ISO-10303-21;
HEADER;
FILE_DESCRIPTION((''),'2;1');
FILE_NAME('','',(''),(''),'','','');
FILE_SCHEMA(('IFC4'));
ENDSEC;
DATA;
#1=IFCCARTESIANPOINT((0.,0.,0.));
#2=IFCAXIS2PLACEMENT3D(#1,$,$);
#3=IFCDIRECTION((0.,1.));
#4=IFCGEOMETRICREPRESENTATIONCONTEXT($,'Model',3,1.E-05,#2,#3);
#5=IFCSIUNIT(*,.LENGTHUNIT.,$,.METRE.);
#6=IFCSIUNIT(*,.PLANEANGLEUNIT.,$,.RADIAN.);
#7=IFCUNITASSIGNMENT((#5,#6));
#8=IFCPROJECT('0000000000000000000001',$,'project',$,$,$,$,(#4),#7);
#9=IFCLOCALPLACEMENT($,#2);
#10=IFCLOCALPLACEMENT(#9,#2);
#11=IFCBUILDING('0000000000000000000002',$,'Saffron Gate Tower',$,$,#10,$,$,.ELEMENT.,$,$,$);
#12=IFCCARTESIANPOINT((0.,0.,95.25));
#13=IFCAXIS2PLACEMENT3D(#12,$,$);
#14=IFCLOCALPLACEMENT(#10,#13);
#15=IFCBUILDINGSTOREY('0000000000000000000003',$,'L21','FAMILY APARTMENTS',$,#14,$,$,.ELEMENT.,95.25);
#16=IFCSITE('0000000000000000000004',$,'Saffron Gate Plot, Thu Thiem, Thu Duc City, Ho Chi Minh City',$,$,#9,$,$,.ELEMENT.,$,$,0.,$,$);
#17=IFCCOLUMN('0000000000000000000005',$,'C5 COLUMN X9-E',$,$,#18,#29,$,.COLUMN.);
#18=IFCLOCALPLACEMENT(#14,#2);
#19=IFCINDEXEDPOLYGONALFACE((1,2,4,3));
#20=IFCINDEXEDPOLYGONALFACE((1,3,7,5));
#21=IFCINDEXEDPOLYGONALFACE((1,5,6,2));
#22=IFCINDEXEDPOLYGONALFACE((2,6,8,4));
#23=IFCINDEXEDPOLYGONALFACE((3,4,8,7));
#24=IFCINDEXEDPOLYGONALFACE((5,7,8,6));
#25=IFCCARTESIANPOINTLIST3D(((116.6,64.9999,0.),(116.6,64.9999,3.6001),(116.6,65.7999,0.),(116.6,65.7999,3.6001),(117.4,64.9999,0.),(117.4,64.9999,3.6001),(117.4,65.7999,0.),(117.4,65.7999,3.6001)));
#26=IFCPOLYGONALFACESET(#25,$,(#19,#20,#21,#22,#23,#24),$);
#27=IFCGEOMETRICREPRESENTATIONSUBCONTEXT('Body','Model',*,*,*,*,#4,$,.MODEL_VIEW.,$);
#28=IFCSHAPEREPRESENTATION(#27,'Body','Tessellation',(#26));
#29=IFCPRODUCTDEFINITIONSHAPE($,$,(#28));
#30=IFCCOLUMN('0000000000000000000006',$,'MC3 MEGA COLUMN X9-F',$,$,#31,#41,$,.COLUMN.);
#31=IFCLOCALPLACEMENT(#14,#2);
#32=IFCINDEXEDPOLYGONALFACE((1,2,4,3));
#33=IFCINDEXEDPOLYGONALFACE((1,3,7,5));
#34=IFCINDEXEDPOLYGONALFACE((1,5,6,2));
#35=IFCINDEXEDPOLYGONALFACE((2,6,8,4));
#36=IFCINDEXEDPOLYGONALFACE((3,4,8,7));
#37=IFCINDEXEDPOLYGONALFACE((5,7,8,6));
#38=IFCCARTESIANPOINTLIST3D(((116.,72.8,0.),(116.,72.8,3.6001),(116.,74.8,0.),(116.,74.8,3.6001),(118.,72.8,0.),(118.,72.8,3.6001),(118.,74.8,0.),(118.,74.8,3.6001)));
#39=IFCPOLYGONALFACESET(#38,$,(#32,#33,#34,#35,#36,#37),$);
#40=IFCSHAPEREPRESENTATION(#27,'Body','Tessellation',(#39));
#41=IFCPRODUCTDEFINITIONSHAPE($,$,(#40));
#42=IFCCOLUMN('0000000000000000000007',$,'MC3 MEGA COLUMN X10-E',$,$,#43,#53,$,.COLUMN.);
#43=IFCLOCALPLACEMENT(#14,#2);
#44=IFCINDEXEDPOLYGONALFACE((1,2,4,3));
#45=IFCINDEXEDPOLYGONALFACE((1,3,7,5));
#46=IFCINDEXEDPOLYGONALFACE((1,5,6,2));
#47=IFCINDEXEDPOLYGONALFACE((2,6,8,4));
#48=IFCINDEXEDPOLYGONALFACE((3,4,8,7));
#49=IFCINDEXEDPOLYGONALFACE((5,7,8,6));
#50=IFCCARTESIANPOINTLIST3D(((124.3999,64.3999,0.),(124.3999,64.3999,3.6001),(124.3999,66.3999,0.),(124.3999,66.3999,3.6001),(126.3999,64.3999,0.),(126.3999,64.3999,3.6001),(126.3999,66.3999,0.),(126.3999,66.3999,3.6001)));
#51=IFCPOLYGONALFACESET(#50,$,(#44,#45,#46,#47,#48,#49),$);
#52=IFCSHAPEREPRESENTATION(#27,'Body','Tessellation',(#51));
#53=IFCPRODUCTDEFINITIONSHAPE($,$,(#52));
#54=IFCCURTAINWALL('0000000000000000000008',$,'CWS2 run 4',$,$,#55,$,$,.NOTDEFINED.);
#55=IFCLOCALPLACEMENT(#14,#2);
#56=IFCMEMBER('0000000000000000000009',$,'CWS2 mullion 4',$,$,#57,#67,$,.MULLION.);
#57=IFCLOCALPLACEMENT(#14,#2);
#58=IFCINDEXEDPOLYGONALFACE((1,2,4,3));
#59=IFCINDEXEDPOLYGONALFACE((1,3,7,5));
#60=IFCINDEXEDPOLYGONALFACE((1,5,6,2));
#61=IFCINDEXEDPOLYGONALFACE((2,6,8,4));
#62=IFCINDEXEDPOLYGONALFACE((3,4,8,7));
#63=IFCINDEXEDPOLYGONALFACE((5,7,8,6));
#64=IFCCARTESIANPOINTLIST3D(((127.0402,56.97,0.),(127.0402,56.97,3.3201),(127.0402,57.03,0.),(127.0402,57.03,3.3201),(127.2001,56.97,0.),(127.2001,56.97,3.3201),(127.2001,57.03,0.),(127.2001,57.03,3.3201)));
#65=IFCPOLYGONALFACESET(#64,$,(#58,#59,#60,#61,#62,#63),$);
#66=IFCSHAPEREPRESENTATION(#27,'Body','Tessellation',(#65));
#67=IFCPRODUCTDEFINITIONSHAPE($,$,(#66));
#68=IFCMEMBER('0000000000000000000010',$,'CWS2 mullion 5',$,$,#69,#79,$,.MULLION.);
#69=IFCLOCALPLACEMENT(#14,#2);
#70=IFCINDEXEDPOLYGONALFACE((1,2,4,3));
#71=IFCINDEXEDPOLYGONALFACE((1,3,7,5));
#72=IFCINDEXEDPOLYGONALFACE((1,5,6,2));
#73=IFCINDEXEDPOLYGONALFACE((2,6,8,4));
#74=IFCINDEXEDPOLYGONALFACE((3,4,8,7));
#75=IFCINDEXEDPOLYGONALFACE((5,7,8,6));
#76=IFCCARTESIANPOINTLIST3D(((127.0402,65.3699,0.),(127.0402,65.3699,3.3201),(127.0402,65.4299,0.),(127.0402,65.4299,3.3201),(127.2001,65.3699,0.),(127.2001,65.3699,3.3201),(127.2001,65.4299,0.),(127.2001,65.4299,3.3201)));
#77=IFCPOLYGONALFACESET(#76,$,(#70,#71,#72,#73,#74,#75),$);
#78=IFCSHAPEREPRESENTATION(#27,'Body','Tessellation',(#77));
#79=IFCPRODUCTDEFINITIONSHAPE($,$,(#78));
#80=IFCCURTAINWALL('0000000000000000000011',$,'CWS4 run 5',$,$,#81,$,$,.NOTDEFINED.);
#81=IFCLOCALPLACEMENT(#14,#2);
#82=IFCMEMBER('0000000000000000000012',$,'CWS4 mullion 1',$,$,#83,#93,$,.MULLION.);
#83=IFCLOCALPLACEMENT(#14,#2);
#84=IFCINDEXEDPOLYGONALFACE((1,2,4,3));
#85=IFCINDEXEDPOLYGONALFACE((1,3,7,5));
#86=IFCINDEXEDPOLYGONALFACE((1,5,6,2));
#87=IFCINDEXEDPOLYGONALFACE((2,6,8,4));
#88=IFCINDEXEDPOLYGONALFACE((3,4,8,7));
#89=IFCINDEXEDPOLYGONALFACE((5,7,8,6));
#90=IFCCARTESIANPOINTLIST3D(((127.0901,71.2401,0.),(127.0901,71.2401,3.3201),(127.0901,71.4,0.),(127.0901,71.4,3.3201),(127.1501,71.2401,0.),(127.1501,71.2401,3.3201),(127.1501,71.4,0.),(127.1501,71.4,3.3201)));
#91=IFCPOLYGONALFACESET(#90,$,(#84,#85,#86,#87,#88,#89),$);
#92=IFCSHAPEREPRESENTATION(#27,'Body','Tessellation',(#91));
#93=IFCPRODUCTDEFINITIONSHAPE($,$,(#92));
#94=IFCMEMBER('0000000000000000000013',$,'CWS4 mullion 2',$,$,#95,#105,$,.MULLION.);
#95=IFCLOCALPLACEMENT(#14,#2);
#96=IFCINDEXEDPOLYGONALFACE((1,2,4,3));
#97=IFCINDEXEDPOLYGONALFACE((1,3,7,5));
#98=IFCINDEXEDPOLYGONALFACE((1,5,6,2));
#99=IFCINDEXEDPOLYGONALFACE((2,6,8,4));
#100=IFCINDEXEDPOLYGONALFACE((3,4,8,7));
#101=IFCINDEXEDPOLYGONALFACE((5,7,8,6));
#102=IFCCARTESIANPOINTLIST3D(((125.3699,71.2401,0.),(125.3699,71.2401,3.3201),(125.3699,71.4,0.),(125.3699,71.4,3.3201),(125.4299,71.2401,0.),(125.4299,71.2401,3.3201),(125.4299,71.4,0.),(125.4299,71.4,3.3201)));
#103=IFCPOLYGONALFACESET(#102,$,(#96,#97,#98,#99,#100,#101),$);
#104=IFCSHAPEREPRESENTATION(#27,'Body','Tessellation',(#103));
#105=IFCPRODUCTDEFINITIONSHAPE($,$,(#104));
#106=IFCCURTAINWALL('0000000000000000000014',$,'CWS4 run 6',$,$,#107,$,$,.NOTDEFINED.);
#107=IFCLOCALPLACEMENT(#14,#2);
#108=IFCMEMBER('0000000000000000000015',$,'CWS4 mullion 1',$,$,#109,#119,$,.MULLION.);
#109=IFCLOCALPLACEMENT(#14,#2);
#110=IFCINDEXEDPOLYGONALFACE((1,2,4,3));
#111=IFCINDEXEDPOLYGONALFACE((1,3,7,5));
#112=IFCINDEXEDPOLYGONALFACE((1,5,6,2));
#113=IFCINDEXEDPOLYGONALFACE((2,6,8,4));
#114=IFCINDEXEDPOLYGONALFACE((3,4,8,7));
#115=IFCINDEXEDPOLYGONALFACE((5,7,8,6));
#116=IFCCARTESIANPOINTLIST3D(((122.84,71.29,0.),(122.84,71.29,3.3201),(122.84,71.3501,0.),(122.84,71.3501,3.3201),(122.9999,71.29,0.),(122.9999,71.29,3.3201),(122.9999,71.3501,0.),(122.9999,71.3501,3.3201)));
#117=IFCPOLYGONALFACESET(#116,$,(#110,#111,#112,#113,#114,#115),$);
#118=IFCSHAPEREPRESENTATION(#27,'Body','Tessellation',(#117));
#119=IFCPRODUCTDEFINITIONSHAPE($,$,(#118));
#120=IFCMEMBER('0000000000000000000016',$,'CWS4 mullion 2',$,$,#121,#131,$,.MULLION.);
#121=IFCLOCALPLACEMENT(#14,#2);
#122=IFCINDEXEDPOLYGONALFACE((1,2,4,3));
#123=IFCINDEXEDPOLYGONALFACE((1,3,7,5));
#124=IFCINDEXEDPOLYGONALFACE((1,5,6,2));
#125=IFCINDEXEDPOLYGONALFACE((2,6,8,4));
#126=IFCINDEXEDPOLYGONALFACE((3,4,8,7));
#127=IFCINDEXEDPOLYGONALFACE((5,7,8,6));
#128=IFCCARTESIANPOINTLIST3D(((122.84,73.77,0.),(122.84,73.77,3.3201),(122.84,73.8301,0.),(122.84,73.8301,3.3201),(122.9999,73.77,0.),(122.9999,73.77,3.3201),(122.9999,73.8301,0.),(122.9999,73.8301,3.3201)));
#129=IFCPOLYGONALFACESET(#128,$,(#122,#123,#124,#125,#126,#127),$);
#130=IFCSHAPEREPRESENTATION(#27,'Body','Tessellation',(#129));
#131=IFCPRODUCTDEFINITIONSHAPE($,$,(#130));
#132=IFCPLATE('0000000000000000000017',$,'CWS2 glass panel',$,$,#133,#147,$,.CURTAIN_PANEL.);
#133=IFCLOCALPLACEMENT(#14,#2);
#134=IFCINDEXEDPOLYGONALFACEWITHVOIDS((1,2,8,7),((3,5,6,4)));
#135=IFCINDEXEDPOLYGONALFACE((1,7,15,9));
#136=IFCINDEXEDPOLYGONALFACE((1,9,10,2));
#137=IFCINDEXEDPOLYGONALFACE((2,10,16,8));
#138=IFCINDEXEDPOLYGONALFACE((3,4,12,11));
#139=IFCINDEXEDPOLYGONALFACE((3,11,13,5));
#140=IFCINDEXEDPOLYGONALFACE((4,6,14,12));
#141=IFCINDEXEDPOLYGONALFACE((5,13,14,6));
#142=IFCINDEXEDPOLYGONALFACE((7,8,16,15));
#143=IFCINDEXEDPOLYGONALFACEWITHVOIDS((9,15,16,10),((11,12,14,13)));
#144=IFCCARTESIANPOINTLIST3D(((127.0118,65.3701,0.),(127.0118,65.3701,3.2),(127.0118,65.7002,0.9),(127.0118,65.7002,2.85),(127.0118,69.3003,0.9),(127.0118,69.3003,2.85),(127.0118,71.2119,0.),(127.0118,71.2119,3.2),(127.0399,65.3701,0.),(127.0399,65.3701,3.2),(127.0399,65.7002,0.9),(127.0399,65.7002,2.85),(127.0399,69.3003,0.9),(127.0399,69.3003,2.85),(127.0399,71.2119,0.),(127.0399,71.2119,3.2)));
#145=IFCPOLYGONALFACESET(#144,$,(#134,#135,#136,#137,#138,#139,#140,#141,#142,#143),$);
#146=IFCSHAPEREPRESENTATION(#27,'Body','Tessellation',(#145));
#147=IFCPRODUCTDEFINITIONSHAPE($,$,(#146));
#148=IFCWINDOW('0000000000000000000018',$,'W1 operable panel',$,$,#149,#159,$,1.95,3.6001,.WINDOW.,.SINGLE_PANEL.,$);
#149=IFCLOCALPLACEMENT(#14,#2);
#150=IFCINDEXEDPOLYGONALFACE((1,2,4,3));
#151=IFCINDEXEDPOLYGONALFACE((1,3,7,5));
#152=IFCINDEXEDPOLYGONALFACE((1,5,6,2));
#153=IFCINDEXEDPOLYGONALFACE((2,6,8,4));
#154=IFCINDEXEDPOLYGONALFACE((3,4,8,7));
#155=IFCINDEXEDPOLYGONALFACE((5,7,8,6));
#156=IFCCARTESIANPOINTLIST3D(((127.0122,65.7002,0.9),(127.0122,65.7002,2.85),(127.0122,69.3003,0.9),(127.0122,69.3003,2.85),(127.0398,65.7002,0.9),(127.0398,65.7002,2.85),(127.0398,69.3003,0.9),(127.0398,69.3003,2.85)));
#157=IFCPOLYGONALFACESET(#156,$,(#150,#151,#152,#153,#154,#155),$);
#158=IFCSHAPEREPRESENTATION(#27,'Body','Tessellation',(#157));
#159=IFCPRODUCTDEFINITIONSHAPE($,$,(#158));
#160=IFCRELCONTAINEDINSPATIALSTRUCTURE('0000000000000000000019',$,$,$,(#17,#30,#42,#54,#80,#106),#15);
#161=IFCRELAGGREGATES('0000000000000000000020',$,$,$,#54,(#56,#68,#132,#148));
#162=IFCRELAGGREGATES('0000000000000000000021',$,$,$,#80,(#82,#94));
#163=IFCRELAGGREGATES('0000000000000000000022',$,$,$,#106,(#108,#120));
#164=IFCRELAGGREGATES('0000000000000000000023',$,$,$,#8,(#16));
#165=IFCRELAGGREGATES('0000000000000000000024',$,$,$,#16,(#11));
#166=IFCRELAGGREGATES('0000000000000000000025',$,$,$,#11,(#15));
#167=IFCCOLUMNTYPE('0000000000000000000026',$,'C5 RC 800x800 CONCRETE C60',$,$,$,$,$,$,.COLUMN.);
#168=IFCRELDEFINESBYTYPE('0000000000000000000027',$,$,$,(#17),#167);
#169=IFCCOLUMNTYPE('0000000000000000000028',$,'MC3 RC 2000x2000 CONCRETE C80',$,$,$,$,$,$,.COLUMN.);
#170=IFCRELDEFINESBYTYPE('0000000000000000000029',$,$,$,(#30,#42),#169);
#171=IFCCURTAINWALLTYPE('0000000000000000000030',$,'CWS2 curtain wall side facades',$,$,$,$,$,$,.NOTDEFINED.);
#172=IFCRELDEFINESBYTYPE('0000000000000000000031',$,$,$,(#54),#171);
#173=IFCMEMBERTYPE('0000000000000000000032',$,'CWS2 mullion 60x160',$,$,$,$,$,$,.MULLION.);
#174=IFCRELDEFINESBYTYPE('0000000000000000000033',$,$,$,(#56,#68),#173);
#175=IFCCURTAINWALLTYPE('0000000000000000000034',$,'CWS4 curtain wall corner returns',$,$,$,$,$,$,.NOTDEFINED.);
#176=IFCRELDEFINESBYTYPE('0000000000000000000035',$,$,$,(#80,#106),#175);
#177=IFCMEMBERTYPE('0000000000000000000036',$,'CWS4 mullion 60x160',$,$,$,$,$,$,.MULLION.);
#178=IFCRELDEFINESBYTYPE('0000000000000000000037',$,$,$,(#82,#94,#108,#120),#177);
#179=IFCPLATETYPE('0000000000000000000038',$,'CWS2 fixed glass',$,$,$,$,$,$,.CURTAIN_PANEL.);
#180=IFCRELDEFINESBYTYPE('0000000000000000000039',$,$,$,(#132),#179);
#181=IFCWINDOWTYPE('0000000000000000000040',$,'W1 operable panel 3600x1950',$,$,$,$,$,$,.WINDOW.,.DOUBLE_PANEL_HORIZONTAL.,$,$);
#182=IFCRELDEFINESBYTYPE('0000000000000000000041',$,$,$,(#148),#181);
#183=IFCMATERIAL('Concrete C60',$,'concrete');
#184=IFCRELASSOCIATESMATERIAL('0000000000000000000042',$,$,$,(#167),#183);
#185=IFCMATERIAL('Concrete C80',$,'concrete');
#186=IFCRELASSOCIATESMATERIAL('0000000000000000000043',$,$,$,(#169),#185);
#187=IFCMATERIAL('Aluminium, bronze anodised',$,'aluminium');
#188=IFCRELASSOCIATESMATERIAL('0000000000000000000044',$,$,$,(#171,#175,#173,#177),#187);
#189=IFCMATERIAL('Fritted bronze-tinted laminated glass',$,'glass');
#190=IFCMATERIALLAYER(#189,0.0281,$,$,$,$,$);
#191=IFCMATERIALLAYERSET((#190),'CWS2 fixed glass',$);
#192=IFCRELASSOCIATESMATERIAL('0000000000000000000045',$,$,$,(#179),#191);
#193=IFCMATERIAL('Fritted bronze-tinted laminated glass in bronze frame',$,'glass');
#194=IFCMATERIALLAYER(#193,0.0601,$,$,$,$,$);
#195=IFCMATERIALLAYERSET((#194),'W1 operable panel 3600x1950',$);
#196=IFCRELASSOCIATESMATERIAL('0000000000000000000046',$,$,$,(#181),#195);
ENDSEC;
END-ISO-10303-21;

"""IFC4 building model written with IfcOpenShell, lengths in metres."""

from ifc_helpers import new_model, si_unit, direction, frame, frame_2d, origin, origin_2d, place, context, subcontext, project, spatial, rectangle, extrude, material, layer, layer_set, material_profile, profile_set, type_object, element, fill, aggregate, save


model = new_model("IFC4")

# Units and contexts
model_context = context("Model", 3, precision=1e-05, world=origin(), true_north=direction((0.0, 1.0)))
body_context = subcontext(model_context, "Body", "Model", "MODEL_VIEW")
ifc_project = project(units=[si_unit("LENGTHUNIT", "METRE"), si_unit("PLANEANGLEUNIT", "RADIAN")], contexts=[model_context])

# Site, building, storey
site_placement = place(None, origin())
site = spatial("IfcSite", under=ifc_project, at=site_placement, Name="Saffron Gate Plot, Thu Thiem, Thu Duc City, Ho Chi Minh City", CompositionType="ELEMENT", RefElevation=0.0)
building_placement = place(site_placement, origin())
building = spatial("IfcBuilding", under=site, at=building_placement, Name="Saffron Gate Tower", CompositionType="ELEMENT")
storey_placement = place(building_placement, frame((0.0, 0.0, 95.25)))
storey = spatial("IfcBuildingStorey", under=building, at=storey_placement, Name="L21", Description="FAMILY APARTMENTS", CompositionType="ELEMENT", Elevation=95.25)

# Columns
ifc_material_1 = material(Name="Concrete C60", Category="concrete")
ifc_material_profile_1 = material_profile(ifc_material_1, rectangle(XDim=0.8, YDim=0.8, at=origin_2d()))
ifc_profile_set_1 = profile_set([ifc_material_profile_1], Name="Concrete C60")
column_type_1 = type_object("IfcColumnType", Name="C5 RC 800x800 CONCRETE C60", PredefinedType="COLUMN", material=ifc_profile_set_1)
column_placement = place(storey_placement, frame((117.0, 65.3999, 0.0), z_axis=(0.0, 0.0, 1.0), x_axis=(1.0, 0.0, 0.0)))
element("IfcColumn", 1, at=column_placement, inside=storey, type_object=column_type_1, Name="C5 COLUMN X9-E", PredefinedType="COLUMN", context=body_context, shape_type="SweptSolid", body=[
    extrude(rectangle(XDim=0.8, YDim=0.8, at=origin_2d()), origin(), (0.0, 0.0, 1.0), 3.6001),
])
ifc_material_2 = material(Name="Concrete C80", Category="concrete")
ifc_material_profile_2 = material_profile(ifc_material_2, rectangle(XDim=2.0, YDim=2.0, at=origin_2d()))
ifc_profile_set_2 = profile_set([ifc_material_profile_2], Name="Concrete C80")
column_type_2 = type_object("IfcColumnType", Name="MC3 RC 2000x2000 CONCRETE C80", PredefinedType="COLUMN", material=ifc_profile_set_2)
for number, where, z_axis, x_axis, name in (
    (2, (117.0, 73.8, 0.0), (0.0, 0.0, 1.0), (1.0, 0.0, 0.0), "MC3 MEGA COLUMN X9-F"),
    (3, (125.3999, 65.3999, 0.0), (0.0, 0.0, 1.0), (1.0, 0.0, 0.0), "MC3 MEGA COLUMN X10-E"),
):
    element("IfcColumn", number, at=place(storey_placement, frame(where, z_axis=z_axis, x_axis=x_axis)), inside=storey, type_object=column_type_2, Name=name, PredefinedType="COLUMN", context=body_context, shape_type="SweptSolid", body=[
        extrude(rectangle(XDim=2.0, YDim=2.0, at=origin_2d()), origin(), (0.0, 0.0, 1.0), 3.6001),
    ])

# Curtain walls, members
ifc_material_3 = material(Name="Aluminium, bronze anodised", Category="aluminium")
curtain_wall_type_1 = type_object("IfcCurtainWallType", Name="CWS2 curtain wall side facades", PredefinedType="NOTDEFINED", material=ifc_material_3)
curtain_wall_1_placement = place(storey_placement, origin())
curtain_wall_1 = element("IfcCurtainWall", 4, at=curtain_wall_1_placement, inside=storey, type_object=curtain_wall_type_1, Name="CWS2 run 4", PredefinedType="NOTDEFINED")
ifc_material_profile_3 = material_profile(ifc_material_3, rectangle(XDim=0.1599, YDim=0.0601, at=origin_2d()))
ifc_profile_set_3 = profile_set([ifc_material_profile_3], Name="Aluminium, bronze anodised")
member_type_1 = type_object("IfcMemberType", Name="CWS2 mullion 60x160", PredefinedType="MULLION", material=ifc_profile_set_3)
member_1_placement = place(storey_placement, frame((127.1201, 57.0, 0.0), z_axis=(0.0, 0.0, 1.0), x_axis=(-1.0, 0.0, 0.0)))
member_1 = element("IfcMember", 5, at=member_1_placement, type_object=member_type_1, Name="CWS2 mullion 4", PredefinedType="MULLION", context=body_context, shape_type="SweptSolid", body=[
    extrude(rectangle(XDim=0.1599, YDim=0.0601, at=origin_2d()), origin(), (0.0, 0.0, 1.0), 3.3201),
])
member_2_placement = place(storey_placement, frame((127.1201, 65.3999, 0.0), z_axis=(0.0, 0.0, 1.0), x_axis=(-1.0, 0.0, 0.0)))
member_2 = element("IfcMember", 6, at=member_2_placement, type_object=member_type_1, Name="CWS2 mullion 5", PredefinedType="MULLION", context=body_context, shape_type="SweptSolid", body=[
    extrude(rectangle(XDim=0.1599, YDim=0.0601, at=origin_2d()), origin(), (0.0, 0.0, 1.0), 3.3201),
])
curtain_wall_type_2 = type_object("IfcCurtainWallType", Name="CWS4 curtain wall corner returns", PredefinedType="NOTDEFINED", material=ifc_material_3)
curtain_wall_2_placement = place(storey_placement, origin())
curtain_wall_2 = element("IfcCurtainWall", 7, at=curtain_wall_2_placement, inside=storey, type_object=curtain_wall_type_2, Name="CWS4 run 5", PredefinedType="NOTDEFINED")
ifc_material_profile_4 = material_profile(ifc_material_3, rectangle(XDim=0.1599, YDim=0.0601, at=origin_2d()))
ifc_profile_set_4 = profile_set([ifc_material_profile_4], Name="Aluminium, bronze anodised")
member_type_2 = type_object("IfcMemberType", Name="CWS4 mullion 60x160", PredefinedType="MULLION", material=ifc_profile_set_4)
member_3_placement = place(storey_placement, frame((127.1201, 71.3201, 0.0), z_axis=(0.0, 0.0, 1.0), x_axis=(0.0, -1.0, 0.0)))
member_3 = element("IfcMember", 8, at=member_3_placement, type_object=member_type_2, Name="CWS4 mullion 1", PredefinedType="MULLION", context=body_context, shape_type="SweptSolid", body=[
    extrude(rectangle(XDim=0.1599, YDim=0.0601, at=origin_2d()), origin(), (0.0, 0.0, 1.0), 3.3201),
])
member_4_placement = place(storey_placement, frame((125.3999, 71.3201, 0.0), z_axis=(0.0, 0.0, 1.0), x_axis=(0.0, -1.0, 0.0)))
member_4 = element("IfcMember", 9, at=member_4_placement, type_object=member_type_2, Name="CWS4 mullion 2", PredefinedType="MULLION", context=body_context, shape_type="SweptSolid", body=[
    extrude(rectangle(XDim=0.1599, YDim=0.0601, at=origin_2d()), origin(), (0.0, 0.0, 1.0), 3.3201),
])
curtain_wall_3_placement = place(storey_placement, origin())
curtain_wall_3 = element("IfcCurtainWall", 10, at=curtain_wall_3_placement, inside=storey, type_object=curtain_wall_type_2, Name="CWS4 run 6", PredefinedType="NOTDEFINED")
member_5_placement = place(storey_placement, frame((122.9199, 71.3201, 0.0), z_axis=(0.0, 0.0, 1.0), x_axis=(-1.0, 0.0, 0.0)))
member_5 = element("IfcMember", 11, at=member_5_placement, type_object=member_type_2, Name="CWS4 mullion 1", PredefinedType="MULLION", context=body_context, shape_type="SweptSolid", body=[
    extrude(rectangle(XDim=0.1599, YDim=0.0601, at=origin_2d()), origin(), (0.0, 0.0, 1.0), 3.3201),
])
member_6_placement = place(storey_placement, frame((122.9199, 73.8, 0.0), z_axis=(0.0, 0.0, 1.0), x_axis=(-1.0, 0.0, 0.0)))
member_6 = element("IfcMember", 12, at=member_6_placement, type_object=member_type_2, Name="CWS4 mullion 2", PredefinedType="MULLION", context=body_context, shape_type="SweptSolid", body=[
    extrude(rectangle(XDim=0.1599, YDim=0.0601, at=origin_2d()), origin(), (0.0, 0.0, 1.0), 3.3201),
])

# Plate, opening, window
ifc_material_4 = material(Name="Fritted bronze-tinted laminated glass", Category="glass")
ifc_layer_1 = layer(ifc_material_4, 0.0281)
ifc_layer_set_1 = layer_set([ifc_layer_1], Name="CWS2 fixed glass")
plate_type_1 = type_object("IfcPlateType", Name="CWS2 fixed glass", PredefinedType="CURTAIN_PANEL", material=ifc_layer_set_1)
plate_1_placement = place(storey_placement, frame((127.0259, 65.3701, 0.0), z_axis=(0.0, 0.0, 1.0), x_axis=(0.0, 1.0, 0.0)))
plate_1 = element("IfcPlate", 13, at=plate_1_placement, type_object=plate_type_1, Name="CWS2 glass panel", PredefinedType="CURTAIN_PANEL", context=body_context, shape_type="SweptSolid", body=[
    extrude(rectangle(XDim=5.8418, YDim=0.0281, at=frame_2d((2.9209, 0.0))), origin(), (0.0, 0.0, 1.0), 3.2),
])
opening_1_placement = place(plate_1_placement, frame((0.3301, 0.0, 0.8999)))
opening_1 = element("IfcOpeningElement", 14, at=opening_1_placement, cuts=plate_1, PredefinedType="OPENING", context=body_context, shape_type="SweptSolid", body=[
    extrude(rectangle(XDim=3.6001, YDim=1.95, at=frame_2d((1.8, 0.9751))), frame((0.0, 0.0239, 0.0), z_axis=(0.0, -1.0, 0.0), x_axis=(1.0, 0.0, 0.0)), (0.0, 0.0, 1.0), 0.0481),
])
ifc_material_5 = material(Name="Fritted bronze-tinted laminated glass in bronze frame", Category="glass")
ifc_layer_2 = layer(ifc_material_5, 0.0601)
ifc_layer_set_2 = layer_set([ifc_layer_2], Name="W1 operable panel 3600x1950")
window_type_1 = type_object("IfcWindowType", Name="W1 operable panel 3600x1950", PartitioningType="DOUBLE_PANEL_HORIZONTAL", PredefinedType="WINDOW", material=ifc_layer_set_2)
window_1_placement = place(opening_1_placement, origin())
window_1 = element("IfcWindow", 15, at=window_1_placement, type_object=window_type_1, Name="W1 operable panel", OverallHeight=1.95, OverallWidth=3.6001, PartitioningType="SINGLE_PANEL", PredefinedType="WINDOW", context=body_context, shape_type="SweptSolid", body=[
    extrude(rectangle(XDim=3.6001, YDim=1.95, at=frame_2d((1.8, 0.9751))), frame((0.0, 0.0137, 0.0), z_axis=(0.0, -1.0, 0.0), x_axis=(1.0, 0.0, 0.0)), (0.0, 0.0, 1.0), 0.0276),
])
fill(opening_1, window_1)
aggregate(curtain_wall_1, [member_1, member_2, plate_1, window_1])

aggregate(curtain_wall_2, [member_3, member_4])
aggregate(curtain_wall_3, [member_5, member_6])

save(model, "model.ifc")
